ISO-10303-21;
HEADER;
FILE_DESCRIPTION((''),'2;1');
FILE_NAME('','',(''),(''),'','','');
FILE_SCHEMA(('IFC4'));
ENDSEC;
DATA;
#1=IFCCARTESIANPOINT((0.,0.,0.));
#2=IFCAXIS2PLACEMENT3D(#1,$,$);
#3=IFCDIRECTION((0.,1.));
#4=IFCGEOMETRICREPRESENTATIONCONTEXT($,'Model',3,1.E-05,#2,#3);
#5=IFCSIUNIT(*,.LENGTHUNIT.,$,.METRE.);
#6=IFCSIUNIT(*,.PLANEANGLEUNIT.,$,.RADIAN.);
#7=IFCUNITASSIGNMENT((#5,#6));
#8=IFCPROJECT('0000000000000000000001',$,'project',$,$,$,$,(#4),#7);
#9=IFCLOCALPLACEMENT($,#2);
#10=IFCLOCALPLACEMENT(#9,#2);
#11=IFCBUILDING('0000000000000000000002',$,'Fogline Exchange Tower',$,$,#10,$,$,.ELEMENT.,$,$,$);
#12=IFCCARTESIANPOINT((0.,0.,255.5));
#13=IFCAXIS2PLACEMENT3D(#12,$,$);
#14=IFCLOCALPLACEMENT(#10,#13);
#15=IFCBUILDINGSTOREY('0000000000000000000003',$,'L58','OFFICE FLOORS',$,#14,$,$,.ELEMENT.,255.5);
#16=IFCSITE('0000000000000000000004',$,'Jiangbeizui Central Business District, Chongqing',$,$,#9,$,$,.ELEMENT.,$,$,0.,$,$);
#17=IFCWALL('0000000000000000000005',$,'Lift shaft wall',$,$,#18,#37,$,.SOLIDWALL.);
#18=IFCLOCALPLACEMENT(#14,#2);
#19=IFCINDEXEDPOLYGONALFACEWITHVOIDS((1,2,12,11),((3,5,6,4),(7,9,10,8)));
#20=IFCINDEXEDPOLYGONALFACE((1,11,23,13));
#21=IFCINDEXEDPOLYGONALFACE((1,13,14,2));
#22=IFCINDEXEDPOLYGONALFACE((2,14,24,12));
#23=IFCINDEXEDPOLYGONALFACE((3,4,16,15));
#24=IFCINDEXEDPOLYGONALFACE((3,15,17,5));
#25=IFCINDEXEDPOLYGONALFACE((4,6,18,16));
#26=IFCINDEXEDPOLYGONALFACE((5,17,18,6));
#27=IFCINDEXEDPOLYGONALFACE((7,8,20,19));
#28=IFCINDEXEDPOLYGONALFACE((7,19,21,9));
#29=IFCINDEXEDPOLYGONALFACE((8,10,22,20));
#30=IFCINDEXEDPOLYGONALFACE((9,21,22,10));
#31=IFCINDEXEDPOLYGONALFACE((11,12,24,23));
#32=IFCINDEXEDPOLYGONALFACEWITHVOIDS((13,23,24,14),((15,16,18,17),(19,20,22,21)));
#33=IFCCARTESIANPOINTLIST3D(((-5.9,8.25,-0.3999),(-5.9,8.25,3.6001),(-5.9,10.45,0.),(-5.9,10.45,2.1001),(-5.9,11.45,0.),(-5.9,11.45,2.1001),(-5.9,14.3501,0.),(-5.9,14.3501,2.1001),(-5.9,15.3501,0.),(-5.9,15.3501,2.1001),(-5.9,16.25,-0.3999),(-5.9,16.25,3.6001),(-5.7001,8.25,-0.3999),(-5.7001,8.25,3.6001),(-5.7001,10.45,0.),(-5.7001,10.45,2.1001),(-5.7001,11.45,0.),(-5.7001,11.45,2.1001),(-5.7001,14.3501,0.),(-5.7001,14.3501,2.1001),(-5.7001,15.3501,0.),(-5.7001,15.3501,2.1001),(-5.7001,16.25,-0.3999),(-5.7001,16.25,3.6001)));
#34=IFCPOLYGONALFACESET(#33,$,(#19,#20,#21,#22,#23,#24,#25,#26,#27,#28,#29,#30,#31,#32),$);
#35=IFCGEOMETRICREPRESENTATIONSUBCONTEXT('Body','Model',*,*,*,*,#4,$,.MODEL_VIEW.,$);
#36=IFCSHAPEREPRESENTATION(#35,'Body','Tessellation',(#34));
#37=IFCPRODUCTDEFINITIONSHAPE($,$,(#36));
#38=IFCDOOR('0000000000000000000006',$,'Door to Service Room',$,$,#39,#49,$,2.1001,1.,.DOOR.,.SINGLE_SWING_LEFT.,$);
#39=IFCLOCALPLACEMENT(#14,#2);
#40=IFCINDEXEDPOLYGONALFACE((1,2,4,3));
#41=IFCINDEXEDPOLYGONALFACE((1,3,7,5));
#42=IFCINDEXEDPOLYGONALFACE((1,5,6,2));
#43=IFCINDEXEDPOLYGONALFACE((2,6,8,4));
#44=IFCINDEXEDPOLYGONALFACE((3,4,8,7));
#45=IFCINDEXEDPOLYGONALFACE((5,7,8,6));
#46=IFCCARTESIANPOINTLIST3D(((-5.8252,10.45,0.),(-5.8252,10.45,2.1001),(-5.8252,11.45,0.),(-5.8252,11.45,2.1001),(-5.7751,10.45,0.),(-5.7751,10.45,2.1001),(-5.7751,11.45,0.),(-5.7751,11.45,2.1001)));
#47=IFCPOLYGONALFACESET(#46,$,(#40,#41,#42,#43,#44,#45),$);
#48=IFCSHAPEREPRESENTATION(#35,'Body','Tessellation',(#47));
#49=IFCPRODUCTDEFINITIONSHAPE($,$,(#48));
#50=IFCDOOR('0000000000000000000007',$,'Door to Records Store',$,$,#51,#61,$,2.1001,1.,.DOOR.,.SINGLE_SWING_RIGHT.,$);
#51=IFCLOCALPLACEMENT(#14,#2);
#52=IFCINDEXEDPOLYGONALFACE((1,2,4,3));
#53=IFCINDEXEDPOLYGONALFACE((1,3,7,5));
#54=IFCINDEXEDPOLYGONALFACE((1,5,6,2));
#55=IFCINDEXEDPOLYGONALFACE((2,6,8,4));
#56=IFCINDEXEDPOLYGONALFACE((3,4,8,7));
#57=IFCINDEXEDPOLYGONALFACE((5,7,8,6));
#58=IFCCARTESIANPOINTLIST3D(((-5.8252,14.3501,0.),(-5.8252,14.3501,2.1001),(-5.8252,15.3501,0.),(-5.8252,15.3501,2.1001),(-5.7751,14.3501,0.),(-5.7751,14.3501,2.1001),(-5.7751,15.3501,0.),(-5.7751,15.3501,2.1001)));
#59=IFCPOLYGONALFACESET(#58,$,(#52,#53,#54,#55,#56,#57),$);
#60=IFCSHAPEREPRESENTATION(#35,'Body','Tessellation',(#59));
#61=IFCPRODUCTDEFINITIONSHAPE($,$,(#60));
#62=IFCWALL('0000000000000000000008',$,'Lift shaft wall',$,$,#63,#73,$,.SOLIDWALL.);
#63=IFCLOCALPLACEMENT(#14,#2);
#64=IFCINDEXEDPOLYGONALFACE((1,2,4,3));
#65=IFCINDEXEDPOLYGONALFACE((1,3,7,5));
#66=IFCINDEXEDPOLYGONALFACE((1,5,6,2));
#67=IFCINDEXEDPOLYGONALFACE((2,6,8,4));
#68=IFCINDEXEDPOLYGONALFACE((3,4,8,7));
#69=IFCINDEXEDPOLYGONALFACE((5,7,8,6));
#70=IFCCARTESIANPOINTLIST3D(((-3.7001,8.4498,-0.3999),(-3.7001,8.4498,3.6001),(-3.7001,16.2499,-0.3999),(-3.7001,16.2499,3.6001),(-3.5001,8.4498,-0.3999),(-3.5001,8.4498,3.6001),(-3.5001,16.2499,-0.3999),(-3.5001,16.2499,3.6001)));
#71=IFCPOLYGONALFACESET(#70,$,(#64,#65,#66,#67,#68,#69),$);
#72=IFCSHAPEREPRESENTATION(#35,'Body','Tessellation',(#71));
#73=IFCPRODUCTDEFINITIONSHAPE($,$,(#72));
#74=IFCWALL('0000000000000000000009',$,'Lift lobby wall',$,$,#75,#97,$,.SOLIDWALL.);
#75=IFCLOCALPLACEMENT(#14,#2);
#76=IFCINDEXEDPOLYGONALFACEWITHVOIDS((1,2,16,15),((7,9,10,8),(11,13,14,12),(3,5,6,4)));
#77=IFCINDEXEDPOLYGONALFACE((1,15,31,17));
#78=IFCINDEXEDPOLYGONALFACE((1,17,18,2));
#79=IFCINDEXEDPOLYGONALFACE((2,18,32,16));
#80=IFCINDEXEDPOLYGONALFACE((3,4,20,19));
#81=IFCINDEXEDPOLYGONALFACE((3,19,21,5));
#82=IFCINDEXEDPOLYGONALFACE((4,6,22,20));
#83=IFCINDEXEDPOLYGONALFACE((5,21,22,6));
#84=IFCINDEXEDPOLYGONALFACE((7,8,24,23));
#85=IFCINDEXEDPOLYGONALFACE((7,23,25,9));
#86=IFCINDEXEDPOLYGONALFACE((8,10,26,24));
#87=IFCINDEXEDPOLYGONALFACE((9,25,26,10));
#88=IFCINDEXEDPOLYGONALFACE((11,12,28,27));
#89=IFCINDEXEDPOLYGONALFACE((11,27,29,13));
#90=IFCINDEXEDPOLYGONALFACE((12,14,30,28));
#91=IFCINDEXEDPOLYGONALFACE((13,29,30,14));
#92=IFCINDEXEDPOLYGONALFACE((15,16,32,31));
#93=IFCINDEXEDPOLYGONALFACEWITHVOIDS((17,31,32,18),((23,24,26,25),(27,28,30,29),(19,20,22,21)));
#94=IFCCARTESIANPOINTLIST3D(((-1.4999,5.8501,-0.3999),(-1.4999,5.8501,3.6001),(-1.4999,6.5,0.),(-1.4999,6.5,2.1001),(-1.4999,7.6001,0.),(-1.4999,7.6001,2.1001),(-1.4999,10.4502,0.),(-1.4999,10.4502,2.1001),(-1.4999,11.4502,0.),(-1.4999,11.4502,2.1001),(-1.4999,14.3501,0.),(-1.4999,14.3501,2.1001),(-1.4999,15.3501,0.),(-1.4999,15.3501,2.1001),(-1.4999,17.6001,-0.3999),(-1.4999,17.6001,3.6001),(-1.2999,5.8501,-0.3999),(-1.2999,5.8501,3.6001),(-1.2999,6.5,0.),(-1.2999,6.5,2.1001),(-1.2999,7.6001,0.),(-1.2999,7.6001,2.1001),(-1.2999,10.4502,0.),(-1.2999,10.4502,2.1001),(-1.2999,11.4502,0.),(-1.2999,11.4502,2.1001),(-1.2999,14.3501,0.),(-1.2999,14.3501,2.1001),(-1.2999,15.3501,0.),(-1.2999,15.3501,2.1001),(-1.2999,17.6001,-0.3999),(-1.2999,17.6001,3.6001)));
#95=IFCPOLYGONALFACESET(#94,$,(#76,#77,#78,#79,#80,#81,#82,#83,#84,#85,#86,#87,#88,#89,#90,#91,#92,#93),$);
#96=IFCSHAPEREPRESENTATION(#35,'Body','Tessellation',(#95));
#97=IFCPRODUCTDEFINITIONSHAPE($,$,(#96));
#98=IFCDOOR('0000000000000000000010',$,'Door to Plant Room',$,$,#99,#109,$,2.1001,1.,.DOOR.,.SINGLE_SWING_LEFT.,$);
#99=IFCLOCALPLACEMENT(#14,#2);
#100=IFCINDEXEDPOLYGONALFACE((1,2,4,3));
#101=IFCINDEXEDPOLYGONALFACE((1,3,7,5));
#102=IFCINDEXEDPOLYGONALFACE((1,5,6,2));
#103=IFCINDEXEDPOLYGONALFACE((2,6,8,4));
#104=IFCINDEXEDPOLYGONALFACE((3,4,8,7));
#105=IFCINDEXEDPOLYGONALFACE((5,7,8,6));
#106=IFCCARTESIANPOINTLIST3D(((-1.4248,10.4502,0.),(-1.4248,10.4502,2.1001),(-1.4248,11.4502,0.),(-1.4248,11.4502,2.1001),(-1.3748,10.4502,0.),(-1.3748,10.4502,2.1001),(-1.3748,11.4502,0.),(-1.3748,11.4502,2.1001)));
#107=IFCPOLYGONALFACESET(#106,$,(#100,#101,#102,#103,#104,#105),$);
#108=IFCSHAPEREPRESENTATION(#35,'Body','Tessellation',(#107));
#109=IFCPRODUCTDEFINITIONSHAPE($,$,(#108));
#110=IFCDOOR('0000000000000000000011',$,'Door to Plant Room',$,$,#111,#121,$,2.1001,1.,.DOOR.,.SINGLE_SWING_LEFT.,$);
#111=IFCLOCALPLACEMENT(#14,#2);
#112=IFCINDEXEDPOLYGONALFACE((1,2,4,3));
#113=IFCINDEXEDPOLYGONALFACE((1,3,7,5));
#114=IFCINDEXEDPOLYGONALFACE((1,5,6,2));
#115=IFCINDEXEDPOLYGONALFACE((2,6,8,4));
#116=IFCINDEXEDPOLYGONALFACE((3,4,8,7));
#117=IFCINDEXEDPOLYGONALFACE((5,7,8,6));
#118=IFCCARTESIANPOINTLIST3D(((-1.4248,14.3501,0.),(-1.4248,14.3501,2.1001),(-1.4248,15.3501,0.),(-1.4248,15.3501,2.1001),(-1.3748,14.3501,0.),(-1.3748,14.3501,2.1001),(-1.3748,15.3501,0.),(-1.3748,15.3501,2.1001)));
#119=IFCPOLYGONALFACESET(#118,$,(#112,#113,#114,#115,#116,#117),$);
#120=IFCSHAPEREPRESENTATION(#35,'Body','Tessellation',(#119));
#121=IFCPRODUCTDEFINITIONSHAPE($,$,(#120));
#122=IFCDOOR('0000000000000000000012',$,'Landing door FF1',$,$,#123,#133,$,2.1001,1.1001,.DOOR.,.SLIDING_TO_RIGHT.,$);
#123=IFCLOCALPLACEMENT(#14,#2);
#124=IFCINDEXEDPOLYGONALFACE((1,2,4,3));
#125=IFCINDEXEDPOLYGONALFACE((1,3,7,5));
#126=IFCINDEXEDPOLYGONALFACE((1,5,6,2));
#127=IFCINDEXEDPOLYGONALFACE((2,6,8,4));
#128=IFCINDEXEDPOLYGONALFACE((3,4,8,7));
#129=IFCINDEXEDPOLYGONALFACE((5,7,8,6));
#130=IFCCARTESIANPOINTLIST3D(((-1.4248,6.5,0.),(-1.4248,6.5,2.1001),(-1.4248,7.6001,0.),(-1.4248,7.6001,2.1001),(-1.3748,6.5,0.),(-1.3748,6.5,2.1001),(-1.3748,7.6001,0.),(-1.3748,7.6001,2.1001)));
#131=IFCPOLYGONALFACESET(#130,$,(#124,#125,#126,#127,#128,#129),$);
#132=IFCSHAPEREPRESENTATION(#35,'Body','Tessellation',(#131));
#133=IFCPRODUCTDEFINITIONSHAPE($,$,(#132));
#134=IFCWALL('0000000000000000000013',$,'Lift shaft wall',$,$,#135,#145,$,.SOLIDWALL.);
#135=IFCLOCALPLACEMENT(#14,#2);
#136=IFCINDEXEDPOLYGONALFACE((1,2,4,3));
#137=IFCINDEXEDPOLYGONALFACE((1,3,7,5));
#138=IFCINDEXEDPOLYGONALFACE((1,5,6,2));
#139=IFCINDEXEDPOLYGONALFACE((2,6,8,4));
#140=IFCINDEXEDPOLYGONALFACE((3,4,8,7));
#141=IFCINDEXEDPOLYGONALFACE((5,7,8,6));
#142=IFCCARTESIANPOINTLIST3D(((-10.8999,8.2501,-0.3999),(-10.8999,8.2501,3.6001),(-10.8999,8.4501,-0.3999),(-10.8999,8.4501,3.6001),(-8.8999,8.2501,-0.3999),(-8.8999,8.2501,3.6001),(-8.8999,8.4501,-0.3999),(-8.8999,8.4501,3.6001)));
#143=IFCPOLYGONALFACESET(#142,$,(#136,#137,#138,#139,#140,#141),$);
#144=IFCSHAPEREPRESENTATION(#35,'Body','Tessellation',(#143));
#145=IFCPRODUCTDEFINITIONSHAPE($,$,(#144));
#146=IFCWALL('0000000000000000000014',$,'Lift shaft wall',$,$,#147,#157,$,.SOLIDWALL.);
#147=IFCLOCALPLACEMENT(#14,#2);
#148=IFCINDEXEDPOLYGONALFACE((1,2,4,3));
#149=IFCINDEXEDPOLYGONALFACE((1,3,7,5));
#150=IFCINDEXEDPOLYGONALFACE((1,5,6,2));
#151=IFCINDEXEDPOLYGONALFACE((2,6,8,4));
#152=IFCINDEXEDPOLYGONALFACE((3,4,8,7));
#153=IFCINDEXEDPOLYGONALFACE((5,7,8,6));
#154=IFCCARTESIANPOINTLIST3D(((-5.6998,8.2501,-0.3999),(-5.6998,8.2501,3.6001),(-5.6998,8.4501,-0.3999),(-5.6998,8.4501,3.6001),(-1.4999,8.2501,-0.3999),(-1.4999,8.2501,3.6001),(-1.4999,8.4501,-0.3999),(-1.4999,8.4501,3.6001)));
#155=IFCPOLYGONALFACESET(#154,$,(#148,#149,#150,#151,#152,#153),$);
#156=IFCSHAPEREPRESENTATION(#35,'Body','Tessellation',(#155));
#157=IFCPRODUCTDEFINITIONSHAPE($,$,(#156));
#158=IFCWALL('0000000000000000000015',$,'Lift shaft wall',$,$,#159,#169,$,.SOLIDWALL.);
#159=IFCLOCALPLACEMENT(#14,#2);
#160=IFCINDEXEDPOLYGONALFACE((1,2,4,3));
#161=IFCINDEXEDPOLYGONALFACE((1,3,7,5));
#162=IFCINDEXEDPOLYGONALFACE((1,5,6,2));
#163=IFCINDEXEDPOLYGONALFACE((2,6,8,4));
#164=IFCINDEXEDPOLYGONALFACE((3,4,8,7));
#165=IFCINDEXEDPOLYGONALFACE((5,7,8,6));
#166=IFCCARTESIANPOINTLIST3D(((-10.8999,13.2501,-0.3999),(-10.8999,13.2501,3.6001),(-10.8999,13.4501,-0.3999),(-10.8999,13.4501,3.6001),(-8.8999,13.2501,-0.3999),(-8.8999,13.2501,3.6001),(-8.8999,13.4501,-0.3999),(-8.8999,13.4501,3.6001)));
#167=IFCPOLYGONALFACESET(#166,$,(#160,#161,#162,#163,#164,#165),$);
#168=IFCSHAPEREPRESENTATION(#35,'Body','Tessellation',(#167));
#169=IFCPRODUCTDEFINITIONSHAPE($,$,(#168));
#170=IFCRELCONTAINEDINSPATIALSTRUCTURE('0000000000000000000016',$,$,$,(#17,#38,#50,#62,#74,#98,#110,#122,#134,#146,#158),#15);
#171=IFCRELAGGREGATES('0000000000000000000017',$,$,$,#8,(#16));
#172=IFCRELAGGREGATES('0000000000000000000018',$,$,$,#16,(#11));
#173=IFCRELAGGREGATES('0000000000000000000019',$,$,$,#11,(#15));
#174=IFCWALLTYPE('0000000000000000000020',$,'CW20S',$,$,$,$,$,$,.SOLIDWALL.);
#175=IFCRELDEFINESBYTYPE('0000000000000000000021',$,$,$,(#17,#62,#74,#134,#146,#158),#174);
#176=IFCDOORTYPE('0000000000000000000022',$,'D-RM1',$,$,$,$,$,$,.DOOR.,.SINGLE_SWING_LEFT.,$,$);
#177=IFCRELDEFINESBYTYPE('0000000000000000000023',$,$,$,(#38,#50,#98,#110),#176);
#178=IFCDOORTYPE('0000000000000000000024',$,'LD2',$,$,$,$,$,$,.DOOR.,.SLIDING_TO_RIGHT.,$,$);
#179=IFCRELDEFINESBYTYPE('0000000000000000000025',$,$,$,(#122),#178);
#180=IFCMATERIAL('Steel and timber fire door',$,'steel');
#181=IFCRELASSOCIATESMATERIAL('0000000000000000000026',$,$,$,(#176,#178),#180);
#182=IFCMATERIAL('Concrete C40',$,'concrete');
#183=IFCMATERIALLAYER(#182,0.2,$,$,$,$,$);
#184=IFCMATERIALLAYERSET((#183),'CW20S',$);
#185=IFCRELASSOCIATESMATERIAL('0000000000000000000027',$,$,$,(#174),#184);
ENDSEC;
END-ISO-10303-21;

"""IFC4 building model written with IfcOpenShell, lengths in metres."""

from ifc_helpers import new_model, si_unit, direction, frame, frame_2d, origin, place, context, subcontext, project, spatial, rectangle, extrude, material, layer, layer_set, type_object, element, fill, save


model = new_model("IFC4")

# Units and contexts
model_context = context("Model", 3, precision=1e-05, world=origin(), true_north=direction((0.0, 1.0)))
body_context = subcontext(model_context, "Body", "Model", "MODEL_VIEW")
ifc_project = project(units=[si_unit("LENGTHUNIT", "METRE"), si_unit("PLANEANGLEUNIT", "RADIAN")], contexts=[model_context])

# Site, building, storey
site_placement = place(None, origin())
site = spatial("IfcSite", under=ifc_project, at=site_placement, Name="Jiangbeizui Central Business District, Chongqing", CompositionType="ELEMENT", RefElevation=0.0)
building_placement = place(site_placement, origin())
building = spatial("IfcBuilding", under=site, at=building_placement, Name="Fogline Exchange Tower", CompositionType="ELEMENT")
storey_placement = place(building_placement, frame((0.0, 0.0, 255.5)))
storey = spatial("IfcBuildingStorey", under=building, at=storey_placement, Name="L58", Description="OFFICE FLOORS", CompositionType="ELEMENT", Elevation=255.5)

# Shared definitions
ifc_material_1 = material(Name="Steel and timber fire door", Category="steel")

# Shared definitions
ifc_material_2 = material(Name="Concrete C40", Category="concrete")
door_type_1 = type_object("IfcDoorType", Name="D-RM1", OperationType="SINGLE_SWING_LEFT", PredefinedType="DOOR", material=ifc_material_1)
ifc_layer_1 = layer(ifc_material_2, 0.2)
ifc_layer_set_1 = layer_set([ifc_layer_1], Name="CW20S")
wall_type_1 = type_object("IfcWallType", Name="CW20S", PredefinedType="SOLIDWALL", material=ifc_layer_set_1)

# Wall, openings, doors
wall_1_placement = place(storey_placement, frame((-5.8, 8.25, -0.3999), z_axis=(0.0, 0.0, 1.0), x_axis=(0.0, 1.0, 0.0)))
wall_1 = element("IfcWall", 1, at=wall_1_placement, inside=storey, type_object=wall_type_1, Name="Lift shaft wall", PredefinedType="SOLIDWALL", context=body_context, shape_type="SweptSolid", body=[
    extrude(rectangle(XDim=8.0, YDim=0.2, at=frame_2d((4.0, 0.0))), origin(), (0.0, 0.0, 1.0), 4.0),
])
opening_1_placement = place(wall_1_placement, frame((2.2, 0.0, 0.3999)))
opening_1 = element("IfcOpeningElement", 2, at=opening_1_placement, cuts=wall_1, PredefinedType="OPENING", context=body_context, shape_type="SweptSolid", body=[
    extrude(rectangle(XDim=1.0, YDim=2.1001, at=frame_2d((0.5, 1.05))), frame((0.0, 0.1099, 0.0), z_axis=(0.0, -1.0, 0.0), x_axis=(1.0, 0.0, 0.0)), (0.0, 0.0, 1.0), 0.22),
])
opening_2_placement = place(wall_1_placement, frame((6.1001, 0.0, 0.3999)))
opening_2 = element("IfcOpeningElement", 3, at=opening_2_placement, cuts=wall_1, PredefinedType="OPENING", context=body_context, shape_type="SweptSolid", body=[
    extrude(rectangle(XDim=1.0, YDim=2.1001, at=frame_2d((0.5, 1.05))), frame((0.0, 0.1099, 0.0), z_axis=(0.0, -1.0, 0.0), x_axis=(1.0, 0.0, 0.0)), (0.0, 0.0, 1.0), 0.22),
])
door_1_placement = place(opening_1_placement, frame((1.0, 0.0, 0.0), z_axis=(0.0, 0.0, 1.0), x_axis=(-1.0, 0.0, 0.0)))
door_1 = element("IfcDoor", 4, at=door_1_placement, inside=storey, type_object=door_type_1, Name="Door to Service Room", OperationType="SINGLE_SWING_LEFT", OverallHeight=2.1001, OverallWidth=1.0, PredefinedType="DOOR", context=body_context, shape_type="SweptSolid", body=[
    extrude(rectangle(XDim=1.0, YDim=2.1001, at=frame_2d((0.5, 1.05))), frame((0.0, 0.0249, 0.0), z_axis=(0.0, -1.0, 0.0), x_axis=(1.0, 0.0, 0.0)), (0.0, 0.0, 1.0), 0.05),
])
fill(opening_1, door_1)
door_2_placement = place(opening_2_placement, frame((1.0, 0.0, 0.0), z_axis=(0.0, 0.0, 1.0), x_axis=(-1.0, 0.0, 0.0)))
door_2 = element("IfcDoor", 5, at=door_2_placement, inside=storey, type_object=door_type_1, Name="Door to Records Store", OperationType="SINGLE_SWING_RIGHT", OverallHeight=2.1001, OverallWidth=1.0, PredefinedType="DOOR", context=body_context, shape_type="SweptSolid", body=[
    extrude(rectangle(XDim=1.0, YDim=2.1001, at=frame_2d((0.5, 1.05))), frame((0.0, 0.0249, 0.0), z_axis=(0.0, -1.0, 0.0), x_axis=(1.0, 0.0, 0.0)), (0.0, 0.0, 1.0), 0.05),
])
fill(opening_2, door_2)

# Wall
wall_2_placement = place(storey_placement, frame((-3.6001, 8.45, -0.3999), z_axis=(0.0, 0.0, 1.0), x_axis=(0.0, 1.0, 0.0)))
element("IfcWall", 6, at=wall_2_placement, inside=storey, type_object=wall_type_1, Name="Lift shaft wall", PredefinedType="SOLIDWALL", context=body_context, shape_type="SweptSolid", body=[
    extrude(rectangle(XDim=7.8, YDim=0.2, at=frame_2d((3.8999, 0.0))), origin(), (0.0, 0.0, 1.0), 4.0),
])

# Wall, openings, doors
wall_3_placement = place(storey_placement, frame((-1.3999, 5.8501, -0.3999), z_axis=(0.0, 0.0, 1.0), x_axis=(0.0, 1.0, 0.0)))
wall_3 = element("IfcWall", 7, at=wall_3_placement, inside=storey, type_object=wall_type_1, Name="Lift lobby wall", PredefinedType="SOLIDWALL", context=body_context, shape_type="SweptSolid", body=[
    extrude(rectangle(XDim=11.75, YDim=0.2, at=frame_2d((5.875, 0.0))), origin(), (0.0, 0.0, 1.0), 4.0),
])
opening_3_placement = place(wall_3_placement, frame((0.6499, 0.0, 0.3999)))
opening_3 = element("IfcOpeningElement", 8, at=opening_3_placement, cuts=wall_3, PredefinedType="OPENING", context=body_context, shape_type="SweptSolid", body=[
    extrude(rectangle(XDim=1.1001, YDim=2.1001, at=frame_2d((0.55, 1.05))), frame((0.0, 0.1099, 0.0), z_axis=(0.0, -1.0, 0.0), x_axis=(1.0, 0.0, 0.0)), (0.0, 0.0, 1.0), 0.22),
])
opening_4_placement = place(wall_3_placement, frame((4.6001, 0.0, 0.3999)))
opening_4 = element("IfcOpeningElement", 9, at=opening_4_placement, cuts=wall_3, PredefinedType="OPENING", context=body_context, shape_type="SweptSolid", body=[
    extrude(rectangle(XDim=1.0, YDim=2.1001, at=frame_2d((0.5, 1.05))), frame((0.0, 0.1099, 0.0), z_axis=(0.0, -1.0, 0.0), x_axis=(1.0, 0.0, 0.0)), (0.0, 0.0, 1.0), 0.22),
])
opening_5_placement = place(wall_3_placement, frame((8.5, 0.0, 0.3999)))
opening_5 = element("IfcOpeningElement", 10, at=opening_5_placement, cuts=wall_3, PredefinedType="OPENING", context=body_context, shape_type="SweptSolid", body=[
    extrude(rectangle(XDim=1.0, YDim=2.1001, at=frame_2d((0.5, 1.05))), frame((0.0, 0.1099, 0.0), z_axis=(0.0, -1.0, 0.0), x_axis=(1.0, 0.0, 0.0)), (0.0, 0.0, 1.0), 0.22),
])
door_3_placement = place(opening_4_placement, origin())
door_3 = element("IfcDoor", 11, at=door_3_placement, inside=storey, type_object=door_type_1, Name="Door to Plant Room", OperationType="SINGLE_SWING_LEFT", OverallHeight=2.1001, OverallWidth=1.0, PredefinedType="DOOR", context=body_context, shape_type="SweptSolid", body=[
    extrude(rectangle(XDim=1.0, YDim=2.1001, at=frame_2d((0.5, 1.05))), frame((0.0, 0.0249, 0.0), z_axis=(0.0, -1.0, 0.0), x_axis=(1.0, 0.0, 0.0)), (0.0, 0.0, 1.0), 0.05),
])
fill(opening_4, door_3)
door_4_placement = place(opening_5_placement, origin())
door_4 = element("IfcDoor", 12, at=door_4_placement, inside=storey, type_object=door_type_1, Name="Door to Plant Room", OperationType="SINGLE_SWING_LEFT", OverallHeight=2.1001, OverallWidth=1.0, PredefinedType="DOOR", context=body_context, shape_type="SweptSolid", body=[
    extrude(rectangle(XDim=1.0, YDim=2.1001, at=frame_2d((0.5, 1.05))), frame((0.0, 0.0249, 0.0), z_axis=(0.0, -1.0, 0.0), x_axis=(1.0, 0.0, 0.0)), (0.0, 0.0, 1.0), 0.05),
])
fill(opening_5, door_4)
door_type_2 = type_object("IfcDoorType", Name="LD2", OperationType="SLIDING_TO_RIGHT", PredefinedType="DOOR", material=ifc_material_1)
door_5_placement = place(opening_3_placement, origin())
door_5 = element("IfcDoor", 13, at=door_5_placement, inside=storey, type_object=door_type_2, Name="Landing door FF1", OperationType="SLIDING_TO_RIGHT", OverallHeight=2.1001, OverallWidth=1.1001, PredefinedType="DOOR", context=body_context, shape_type="SweptSolid", body=[
    extrude(rectangle(XDim=1.1001, YDim=2.1001, at=frame_2d((0.55, 1.05))), frame((0.0, 0.0249, 0.0), z_axis=(0.0, -1.0, 0.0), x_axis=(1.0, 0.0, 0.0)), (0.0, 0.0, 1.0), 0.05),
])
fill(opening_3, door_5)

# Walls
wall_4_placement = place(storey_placement, frame((-10.8999, 8.3501, -0.3999), z_axis=(0.0, 0.0, 1.0), x_axis=(1.0, 0.0, 0.0)))
element("IfcWall", 14, at=wall_4_placement, inside=storey, type_object=wall_type_1, Name="Lift shaft wall", PredefinedType="SOLIDWALL", context=body_context, shape_type="SweptSolid", body=[
    extrude(rectangle(XDim=2.0, YDim=0.2, at=frame_2d((1.0, 0.0))), origin(), (0.0, 0.0, 1.0), 4.0),
])
wall_5_placement = place(storey_placement, frame((-5.7, 8.3501, -0.3999), z_axis=(0.0, 0.0, 1.0), x_axis=(1.0, 0.0, 0.0)))
element("IfcWall", 15, at=wall_5_placement, inside=storey, type_object=wall_type_1, Name="Lift shaft wall", PredefinedType="SOLIDWALL", context=body_context, shape_type="SweptSolid", body=[
    extrude(rectangle(XDim=4.2, YDim=0.2, at=frame_2d((2.1001, 0.0))), origin(), (0.0, 0.0, 1.0), 4.0),
])
wall_6_placement = place(storey_placement, frame((-10.8999, 13.3501, -0.3999), z_axis=(0.0, 0.0, 1.0), x_axis=(1.0, 0.0, 0.0)))
element("IfcWall", 16, at=wall_6_placement, inside=storey, type_object=wall_type_1, Name="Lift shaft wall", PredefinedType="SOLIDWALL", context=body_context, shape_type="SweptSolid", body=[
    extrude(rectangle(XDim=2.0, YDim=0.2, at=frame_2d((1.0, 0.0))), origin(), (0.0, 0.0, 1.0), 4.0),
])

save(model, "model.ifc")
